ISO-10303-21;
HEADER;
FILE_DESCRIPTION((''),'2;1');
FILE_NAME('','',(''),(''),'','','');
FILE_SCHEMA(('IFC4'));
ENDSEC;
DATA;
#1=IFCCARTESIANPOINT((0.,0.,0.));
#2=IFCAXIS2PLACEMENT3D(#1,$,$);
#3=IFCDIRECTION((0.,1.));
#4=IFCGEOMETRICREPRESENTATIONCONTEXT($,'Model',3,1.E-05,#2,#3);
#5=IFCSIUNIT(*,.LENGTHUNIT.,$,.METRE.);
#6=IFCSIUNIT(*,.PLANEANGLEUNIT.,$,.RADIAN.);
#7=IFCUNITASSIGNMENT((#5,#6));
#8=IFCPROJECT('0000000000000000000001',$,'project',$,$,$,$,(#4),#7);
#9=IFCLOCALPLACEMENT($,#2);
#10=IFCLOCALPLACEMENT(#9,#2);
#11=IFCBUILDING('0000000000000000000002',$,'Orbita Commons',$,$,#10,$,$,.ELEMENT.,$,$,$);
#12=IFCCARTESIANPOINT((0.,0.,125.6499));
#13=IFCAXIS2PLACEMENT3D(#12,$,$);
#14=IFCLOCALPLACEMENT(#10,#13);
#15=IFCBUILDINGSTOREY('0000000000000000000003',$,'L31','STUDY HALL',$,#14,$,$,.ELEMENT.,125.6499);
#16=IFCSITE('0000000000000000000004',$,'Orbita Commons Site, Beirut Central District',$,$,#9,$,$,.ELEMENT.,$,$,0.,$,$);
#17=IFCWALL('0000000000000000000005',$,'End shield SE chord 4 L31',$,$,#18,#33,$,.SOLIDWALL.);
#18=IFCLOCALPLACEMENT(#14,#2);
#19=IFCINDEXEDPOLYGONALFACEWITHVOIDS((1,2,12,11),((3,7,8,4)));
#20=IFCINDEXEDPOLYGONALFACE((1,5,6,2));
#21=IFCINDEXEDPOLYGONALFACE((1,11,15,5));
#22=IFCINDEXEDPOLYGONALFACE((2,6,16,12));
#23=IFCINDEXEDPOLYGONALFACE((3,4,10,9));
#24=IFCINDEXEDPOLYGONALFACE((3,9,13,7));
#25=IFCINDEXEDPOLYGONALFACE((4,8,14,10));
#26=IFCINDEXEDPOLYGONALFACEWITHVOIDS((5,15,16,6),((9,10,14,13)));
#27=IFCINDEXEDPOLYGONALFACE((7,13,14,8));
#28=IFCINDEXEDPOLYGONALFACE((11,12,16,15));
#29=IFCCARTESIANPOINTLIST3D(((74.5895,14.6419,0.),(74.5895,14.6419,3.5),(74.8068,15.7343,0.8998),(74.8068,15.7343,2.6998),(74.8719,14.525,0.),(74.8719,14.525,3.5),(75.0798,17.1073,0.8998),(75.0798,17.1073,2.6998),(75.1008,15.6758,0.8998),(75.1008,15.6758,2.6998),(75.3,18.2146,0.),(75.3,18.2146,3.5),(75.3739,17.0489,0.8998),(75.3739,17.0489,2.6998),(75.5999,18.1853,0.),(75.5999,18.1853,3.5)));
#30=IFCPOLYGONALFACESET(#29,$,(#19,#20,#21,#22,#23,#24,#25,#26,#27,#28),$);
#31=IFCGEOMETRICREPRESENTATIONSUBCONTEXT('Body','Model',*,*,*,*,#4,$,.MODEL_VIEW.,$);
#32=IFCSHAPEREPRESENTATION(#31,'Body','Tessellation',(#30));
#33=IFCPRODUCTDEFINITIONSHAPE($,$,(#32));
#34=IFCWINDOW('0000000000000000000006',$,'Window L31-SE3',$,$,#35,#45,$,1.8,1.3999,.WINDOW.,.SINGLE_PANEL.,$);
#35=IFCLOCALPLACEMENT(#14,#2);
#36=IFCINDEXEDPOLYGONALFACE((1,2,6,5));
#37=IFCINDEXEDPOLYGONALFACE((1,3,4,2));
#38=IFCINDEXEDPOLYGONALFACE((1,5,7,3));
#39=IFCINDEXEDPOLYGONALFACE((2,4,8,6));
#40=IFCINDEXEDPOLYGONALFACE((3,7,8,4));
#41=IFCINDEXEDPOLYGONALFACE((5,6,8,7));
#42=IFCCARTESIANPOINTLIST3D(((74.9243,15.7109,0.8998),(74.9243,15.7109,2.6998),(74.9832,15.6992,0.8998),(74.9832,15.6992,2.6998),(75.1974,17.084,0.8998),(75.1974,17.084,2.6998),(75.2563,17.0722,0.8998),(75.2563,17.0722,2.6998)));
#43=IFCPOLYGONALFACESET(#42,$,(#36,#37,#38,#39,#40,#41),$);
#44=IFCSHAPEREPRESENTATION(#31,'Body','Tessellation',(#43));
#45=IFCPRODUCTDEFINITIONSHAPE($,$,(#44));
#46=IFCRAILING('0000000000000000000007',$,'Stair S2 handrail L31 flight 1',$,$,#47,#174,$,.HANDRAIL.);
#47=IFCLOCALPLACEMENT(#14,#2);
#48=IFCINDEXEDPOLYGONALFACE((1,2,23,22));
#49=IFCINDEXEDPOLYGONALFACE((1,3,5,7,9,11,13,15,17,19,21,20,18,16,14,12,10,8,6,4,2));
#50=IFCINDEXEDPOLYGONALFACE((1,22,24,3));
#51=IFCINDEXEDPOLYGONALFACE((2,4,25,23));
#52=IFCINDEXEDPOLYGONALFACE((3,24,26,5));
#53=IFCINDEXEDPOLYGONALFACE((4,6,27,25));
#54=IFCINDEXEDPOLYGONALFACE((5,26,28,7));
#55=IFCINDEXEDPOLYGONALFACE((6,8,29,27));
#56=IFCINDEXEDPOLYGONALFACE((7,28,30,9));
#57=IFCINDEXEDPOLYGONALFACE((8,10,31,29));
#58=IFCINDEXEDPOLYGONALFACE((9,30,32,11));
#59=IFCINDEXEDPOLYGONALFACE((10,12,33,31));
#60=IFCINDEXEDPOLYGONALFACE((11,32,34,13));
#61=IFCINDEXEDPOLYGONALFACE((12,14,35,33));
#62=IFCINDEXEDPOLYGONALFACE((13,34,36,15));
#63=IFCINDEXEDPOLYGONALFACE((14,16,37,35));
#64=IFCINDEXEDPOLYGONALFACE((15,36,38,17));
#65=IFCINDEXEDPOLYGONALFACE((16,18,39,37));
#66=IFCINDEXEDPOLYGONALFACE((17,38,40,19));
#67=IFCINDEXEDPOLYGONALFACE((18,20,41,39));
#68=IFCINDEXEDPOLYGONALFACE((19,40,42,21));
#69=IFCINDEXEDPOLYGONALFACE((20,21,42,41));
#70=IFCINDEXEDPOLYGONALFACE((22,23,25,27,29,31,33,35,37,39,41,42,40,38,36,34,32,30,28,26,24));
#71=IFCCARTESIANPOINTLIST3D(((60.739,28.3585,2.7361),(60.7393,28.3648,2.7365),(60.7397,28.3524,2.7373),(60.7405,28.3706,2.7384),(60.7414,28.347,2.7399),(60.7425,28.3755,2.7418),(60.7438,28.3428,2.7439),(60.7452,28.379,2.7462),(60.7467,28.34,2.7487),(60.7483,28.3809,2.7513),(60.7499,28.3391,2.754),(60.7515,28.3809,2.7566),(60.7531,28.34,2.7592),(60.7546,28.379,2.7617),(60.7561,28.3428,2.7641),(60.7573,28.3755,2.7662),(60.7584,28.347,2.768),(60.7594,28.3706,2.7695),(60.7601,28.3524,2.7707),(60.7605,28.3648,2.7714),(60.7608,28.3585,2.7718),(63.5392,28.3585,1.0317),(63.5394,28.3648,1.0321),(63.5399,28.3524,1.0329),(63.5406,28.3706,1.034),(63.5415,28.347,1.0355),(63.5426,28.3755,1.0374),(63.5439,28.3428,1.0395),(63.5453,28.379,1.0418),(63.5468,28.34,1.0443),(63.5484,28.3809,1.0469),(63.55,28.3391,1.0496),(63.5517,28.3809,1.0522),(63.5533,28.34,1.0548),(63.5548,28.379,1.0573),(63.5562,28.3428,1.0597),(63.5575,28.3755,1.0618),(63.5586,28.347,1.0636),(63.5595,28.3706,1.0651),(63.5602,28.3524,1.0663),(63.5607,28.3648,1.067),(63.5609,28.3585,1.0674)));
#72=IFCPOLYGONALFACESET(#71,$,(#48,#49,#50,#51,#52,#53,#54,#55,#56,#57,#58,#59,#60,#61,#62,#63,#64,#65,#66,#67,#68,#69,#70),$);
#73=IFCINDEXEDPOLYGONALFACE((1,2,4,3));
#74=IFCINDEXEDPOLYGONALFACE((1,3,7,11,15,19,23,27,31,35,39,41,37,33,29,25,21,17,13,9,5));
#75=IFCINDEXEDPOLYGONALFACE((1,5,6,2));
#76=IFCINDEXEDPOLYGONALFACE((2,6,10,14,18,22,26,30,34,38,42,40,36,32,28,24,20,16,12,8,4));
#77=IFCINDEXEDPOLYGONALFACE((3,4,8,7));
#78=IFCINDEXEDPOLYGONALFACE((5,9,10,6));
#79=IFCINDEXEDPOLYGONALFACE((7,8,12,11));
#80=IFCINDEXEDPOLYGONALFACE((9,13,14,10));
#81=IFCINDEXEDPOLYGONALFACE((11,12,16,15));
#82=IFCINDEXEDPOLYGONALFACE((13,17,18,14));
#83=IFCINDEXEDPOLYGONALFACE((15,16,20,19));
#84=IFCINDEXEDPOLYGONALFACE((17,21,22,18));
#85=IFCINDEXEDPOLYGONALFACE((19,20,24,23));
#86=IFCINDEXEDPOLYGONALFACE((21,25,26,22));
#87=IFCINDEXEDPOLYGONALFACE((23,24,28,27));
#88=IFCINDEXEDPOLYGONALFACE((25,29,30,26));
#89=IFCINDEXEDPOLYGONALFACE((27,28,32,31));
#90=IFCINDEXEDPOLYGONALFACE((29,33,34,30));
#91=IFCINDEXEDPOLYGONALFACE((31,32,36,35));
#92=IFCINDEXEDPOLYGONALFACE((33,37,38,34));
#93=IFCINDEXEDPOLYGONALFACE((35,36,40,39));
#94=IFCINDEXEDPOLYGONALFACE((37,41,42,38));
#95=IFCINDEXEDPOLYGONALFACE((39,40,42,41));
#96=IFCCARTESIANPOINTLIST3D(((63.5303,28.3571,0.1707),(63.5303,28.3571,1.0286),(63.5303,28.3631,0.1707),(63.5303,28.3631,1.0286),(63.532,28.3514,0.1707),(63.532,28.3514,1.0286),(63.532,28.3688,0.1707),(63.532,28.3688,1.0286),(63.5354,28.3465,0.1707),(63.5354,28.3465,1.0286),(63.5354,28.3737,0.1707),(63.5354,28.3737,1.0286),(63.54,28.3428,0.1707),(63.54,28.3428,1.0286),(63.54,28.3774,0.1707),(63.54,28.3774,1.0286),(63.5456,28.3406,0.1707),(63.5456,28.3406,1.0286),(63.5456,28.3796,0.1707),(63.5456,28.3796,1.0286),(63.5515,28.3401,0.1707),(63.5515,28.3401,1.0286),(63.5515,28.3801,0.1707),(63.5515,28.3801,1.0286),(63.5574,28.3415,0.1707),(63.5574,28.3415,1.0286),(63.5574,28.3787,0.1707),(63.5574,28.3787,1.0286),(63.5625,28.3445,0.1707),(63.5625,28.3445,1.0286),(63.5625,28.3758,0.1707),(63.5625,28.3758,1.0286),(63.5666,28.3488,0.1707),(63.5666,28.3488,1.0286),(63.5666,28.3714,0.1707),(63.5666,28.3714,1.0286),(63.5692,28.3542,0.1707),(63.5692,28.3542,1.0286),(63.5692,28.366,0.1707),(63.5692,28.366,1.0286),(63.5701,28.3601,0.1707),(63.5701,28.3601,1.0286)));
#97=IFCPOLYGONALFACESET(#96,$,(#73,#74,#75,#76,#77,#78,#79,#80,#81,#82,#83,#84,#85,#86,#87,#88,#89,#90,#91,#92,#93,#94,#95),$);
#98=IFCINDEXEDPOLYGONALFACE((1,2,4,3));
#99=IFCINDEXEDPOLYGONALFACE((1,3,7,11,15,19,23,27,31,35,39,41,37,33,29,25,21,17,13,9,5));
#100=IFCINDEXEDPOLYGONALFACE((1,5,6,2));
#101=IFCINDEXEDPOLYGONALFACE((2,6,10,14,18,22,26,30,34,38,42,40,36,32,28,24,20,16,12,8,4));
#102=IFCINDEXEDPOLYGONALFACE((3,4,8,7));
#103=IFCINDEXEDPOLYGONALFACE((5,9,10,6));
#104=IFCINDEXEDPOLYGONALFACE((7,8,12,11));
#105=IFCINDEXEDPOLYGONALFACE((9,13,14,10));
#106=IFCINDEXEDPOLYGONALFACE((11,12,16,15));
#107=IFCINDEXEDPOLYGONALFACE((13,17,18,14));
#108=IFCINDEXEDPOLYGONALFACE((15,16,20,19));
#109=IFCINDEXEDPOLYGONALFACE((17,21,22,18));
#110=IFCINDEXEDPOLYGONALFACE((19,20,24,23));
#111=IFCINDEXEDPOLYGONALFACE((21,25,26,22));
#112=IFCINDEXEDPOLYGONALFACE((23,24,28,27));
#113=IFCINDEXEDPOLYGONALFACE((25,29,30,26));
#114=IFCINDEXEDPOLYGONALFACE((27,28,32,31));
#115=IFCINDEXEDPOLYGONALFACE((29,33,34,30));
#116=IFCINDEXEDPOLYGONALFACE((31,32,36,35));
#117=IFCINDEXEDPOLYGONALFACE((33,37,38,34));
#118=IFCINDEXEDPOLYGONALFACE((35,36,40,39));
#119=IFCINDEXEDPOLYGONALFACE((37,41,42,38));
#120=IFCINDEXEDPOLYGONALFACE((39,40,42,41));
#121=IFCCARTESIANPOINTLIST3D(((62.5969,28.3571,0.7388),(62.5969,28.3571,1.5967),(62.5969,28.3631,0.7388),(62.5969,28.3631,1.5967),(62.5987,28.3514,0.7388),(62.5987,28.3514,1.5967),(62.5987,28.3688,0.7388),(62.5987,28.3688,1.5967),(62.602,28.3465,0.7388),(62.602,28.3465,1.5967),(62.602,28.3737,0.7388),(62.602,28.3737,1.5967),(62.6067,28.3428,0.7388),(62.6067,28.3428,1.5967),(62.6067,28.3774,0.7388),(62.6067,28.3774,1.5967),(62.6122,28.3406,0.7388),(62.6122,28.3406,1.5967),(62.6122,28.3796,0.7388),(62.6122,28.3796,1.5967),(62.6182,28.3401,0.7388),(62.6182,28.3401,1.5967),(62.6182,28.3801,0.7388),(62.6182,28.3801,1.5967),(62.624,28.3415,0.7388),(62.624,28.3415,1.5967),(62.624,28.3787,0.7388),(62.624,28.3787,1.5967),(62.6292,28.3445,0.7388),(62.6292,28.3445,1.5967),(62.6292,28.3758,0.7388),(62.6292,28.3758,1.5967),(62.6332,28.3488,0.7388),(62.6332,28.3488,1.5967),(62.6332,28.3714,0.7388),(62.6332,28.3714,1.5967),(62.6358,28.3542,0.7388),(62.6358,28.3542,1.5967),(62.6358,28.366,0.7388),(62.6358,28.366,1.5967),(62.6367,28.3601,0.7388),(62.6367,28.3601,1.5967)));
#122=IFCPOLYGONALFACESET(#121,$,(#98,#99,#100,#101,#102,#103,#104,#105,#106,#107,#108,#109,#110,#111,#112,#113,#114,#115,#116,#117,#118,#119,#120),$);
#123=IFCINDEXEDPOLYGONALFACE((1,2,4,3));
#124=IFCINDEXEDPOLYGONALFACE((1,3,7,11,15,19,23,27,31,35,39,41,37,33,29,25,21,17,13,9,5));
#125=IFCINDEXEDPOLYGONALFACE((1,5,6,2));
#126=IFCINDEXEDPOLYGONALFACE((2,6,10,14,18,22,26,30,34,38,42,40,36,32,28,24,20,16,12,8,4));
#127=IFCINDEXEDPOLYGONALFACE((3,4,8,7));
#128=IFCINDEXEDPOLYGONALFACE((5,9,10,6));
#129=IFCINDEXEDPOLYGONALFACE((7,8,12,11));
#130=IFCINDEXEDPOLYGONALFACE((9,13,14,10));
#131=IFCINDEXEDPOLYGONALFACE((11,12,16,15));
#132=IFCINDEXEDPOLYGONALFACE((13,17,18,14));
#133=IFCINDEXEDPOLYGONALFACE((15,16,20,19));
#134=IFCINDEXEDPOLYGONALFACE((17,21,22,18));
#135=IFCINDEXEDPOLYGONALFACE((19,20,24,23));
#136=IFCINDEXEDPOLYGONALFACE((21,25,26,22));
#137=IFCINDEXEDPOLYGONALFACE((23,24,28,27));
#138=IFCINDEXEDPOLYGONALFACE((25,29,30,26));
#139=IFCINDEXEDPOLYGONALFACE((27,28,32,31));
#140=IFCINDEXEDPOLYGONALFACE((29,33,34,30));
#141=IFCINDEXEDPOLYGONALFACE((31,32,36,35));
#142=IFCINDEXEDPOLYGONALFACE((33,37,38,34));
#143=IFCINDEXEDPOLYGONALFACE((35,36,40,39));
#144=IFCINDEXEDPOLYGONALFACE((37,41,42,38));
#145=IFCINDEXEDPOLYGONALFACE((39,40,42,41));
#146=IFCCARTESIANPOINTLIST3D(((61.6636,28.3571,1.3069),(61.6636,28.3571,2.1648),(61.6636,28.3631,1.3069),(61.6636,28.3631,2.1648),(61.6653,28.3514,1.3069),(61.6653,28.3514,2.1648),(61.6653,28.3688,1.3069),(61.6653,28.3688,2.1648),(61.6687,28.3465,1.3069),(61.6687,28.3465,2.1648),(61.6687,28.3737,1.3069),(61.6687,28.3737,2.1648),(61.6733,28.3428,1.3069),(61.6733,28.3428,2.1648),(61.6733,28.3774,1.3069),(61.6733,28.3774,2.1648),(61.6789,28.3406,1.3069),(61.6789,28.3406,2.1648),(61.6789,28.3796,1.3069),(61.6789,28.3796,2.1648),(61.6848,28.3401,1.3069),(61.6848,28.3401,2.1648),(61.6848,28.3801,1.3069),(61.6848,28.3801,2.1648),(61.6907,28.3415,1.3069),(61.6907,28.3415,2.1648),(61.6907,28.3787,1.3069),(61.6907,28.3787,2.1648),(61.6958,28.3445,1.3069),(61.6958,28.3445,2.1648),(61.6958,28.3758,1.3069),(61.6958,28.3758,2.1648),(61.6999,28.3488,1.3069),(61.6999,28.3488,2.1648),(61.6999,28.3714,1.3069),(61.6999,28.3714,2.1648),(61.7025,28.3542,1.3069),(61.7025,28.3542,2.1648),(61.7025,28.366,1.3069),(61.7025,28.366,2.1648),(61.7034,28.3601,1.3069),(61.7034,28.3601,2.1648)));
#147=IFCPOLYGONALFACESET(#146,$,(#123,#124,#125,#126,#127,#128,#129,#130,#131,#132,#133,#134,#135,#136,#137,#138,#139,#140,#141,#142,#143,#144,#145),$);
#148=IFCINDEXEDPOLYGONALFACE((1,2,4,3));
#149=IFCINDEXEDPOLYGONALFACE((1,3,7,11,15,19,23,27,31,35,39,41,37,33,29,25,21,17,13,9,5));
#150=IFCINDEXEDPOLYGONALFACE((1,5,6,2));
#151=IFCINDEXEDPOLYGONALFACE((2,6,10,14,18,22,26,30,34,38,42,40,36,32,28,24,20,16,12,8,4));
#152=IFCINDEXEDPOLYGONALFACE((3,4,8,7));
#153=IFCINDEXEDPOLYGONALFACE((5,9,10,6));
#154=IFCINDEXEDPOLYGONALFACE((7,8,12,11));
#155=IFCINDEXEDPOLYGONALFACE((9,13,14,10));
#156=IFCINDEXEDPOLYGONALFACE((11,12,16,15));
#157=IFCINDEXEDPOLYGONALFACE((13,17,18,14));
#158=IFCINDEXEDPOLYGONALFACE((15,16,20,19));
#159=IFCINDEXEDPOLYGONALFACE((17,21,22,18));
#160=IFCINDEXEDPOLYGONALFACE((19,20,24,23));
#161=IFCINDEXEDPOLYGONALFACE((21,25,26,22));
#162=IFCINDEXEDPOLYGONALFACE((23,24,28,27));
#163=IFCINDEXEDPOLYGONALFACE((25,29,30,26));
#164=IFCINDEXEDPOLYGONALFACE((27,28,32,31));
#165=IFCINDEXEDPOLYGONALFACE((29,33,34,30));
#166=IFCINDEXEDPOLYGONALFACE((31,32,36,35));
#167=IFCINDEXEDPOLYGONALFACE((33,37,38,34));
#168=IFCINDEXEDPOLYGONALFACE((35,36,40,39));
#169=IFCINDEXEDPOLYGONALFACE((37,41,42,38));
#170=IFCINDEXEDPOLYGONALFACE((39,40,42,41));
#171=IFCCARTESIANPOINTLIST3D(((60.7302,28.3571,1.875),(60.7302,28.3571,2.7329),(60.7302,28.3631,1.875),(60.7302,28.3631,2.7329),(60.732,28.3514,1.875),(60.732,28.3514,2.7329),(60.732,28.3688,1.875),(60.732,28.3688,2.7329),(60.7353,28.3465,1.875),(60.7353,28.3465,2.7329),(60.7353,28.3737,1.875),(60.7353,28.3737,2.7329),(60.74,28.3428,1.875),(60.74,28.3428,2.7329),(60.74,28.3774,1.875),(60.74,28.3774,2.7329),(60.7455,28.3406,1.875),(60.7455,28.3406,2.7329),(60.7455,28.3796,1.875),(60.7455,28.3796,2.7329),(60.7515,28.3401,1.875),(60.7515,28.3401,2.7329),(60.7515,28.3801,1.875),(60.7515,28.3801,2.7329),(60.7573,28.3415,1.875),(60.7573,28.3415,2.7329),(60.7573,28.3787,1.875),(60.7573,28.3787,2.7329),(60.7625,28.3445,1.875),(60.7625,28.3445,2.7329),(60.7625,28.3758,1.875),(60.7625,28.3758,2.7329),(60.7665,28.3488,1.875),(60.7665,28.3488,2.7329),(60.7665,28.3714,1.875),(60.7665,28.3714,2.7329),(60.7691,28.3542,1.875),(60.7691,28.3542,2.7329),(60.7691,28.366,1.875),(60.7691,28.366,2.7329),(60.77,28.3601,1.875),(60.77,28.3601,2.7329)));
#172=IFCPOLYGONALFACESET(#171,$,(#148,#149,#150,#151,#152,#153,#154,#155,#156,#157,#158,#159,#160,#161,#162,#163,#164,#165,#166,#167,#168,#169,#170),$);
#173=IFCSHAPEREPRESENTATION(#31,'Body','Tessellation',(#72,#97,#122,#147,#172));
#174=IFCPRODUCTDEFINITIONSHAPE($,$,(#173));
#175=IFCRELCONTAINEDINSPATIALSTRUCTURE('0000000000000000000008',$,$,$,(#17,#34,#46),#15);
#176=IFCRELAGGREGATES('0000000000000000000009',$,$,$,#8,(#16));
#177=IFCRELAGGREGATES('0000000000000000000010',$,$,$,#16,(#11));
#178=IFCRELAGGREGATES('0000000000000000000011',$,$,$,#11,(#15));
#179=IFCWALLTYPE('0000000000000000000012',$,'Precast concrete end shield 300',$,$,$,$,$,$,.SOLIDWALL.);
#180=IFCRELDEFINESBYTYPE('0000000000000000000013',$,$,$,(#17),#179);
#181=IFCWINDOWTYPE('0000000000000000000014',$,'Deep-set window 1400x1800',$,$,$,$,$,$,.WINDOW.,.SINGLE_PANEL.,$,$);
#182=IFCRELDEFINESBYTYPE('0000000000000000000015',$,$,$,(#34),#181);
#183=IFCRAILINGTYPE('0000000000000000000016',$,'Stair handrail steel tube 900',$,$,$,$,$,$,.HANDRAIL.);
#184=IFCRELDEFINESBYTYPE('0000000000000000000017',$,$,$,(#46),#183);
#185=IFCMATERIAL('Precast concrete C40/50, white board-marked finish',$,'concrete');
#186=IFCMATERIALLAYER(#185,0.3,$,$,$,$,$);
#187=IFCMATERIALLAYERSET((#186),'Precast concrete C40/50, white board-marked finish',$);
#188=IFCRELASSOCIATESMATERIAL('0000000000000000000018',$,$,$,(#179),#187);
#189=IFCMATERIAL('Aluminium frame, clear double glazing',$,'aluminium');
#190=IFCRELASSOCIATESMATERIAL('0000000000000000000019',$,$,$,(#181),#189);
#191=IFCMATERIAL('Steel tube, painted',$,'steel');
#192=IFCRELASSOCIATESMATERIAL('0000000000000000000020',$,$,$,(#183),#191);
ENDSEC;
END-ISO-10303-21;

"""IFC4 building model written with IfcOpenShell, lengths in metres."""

from ifc_helpers import new_model, si_unit, direction, frame, frame_2d, origin, origin_2d, place, context, subcontext, project, spatial, polyline, rectangle, circle, outline, extrude, material, layer, layer_set, type_object, element, fill, save


model = new_model("IFC4")

# Units and contexts
model_context = context("Model", 3, precision=1e-05, world=origin(), true_north=direction((0.0, 1.0)))
body_context = subcontext(model_context, "Body", "Model", "MODEL_VIEW")
ifc_project = project(units=[si_unit("LENGTHUNIT", "METRE"), si_unit("PLANEANGLEUNIT", "RADIAN")], contexts=[model_context])

# Site, building, storey
site_placement = place(None, origin())
site = spatial("IfcSite", under=ifc_project, at=site_placement, Name="Orbita Commons Site, Beirut Central District", CompositionType="ELEMENT", RefElevation=0.0)
building_placement = place(site_placement, origin())
building = spatial("IfcBuilding", under=site, at=building_placement, Name="Orbita Commons", CompositionType="ELEMENT")
storey_placement = place(building_placement, frame((0.0, 0.0, 125.6499)))
storey = spatial("IfcBuildingStorey", under=building, at=storey_placement, Name="L31", Description="STUDY HALL", CompositionType="ELEMENT", Elevation=125.6499)

# Shared definitions
ifc_material_1 = material(Name="Precast concrete C40/50, white board-marked finish", Category="concrete")
ifc_layer_1 = layer(ifc_material_1, 0.3)
ifc_layer_set_1 = layer_set([ifc_layer_1], Name="Precast concrete C40/50, white board-marked finish")
wall_type_1 = type_object("IfcWallType", Name="Precast concrete end shield 300", PredefinedType="SOLIDWALL", material=ifc_layer_set_1)

# Wall, opening, window
wall_1_placement = place(storey_placement, frame((74.7307, 14.5835, 0.0), z_axis=(0.0, 0.0, 1.0), x_axis=(0.195059, 0.980791, 0.0)))
wall_1 = element("IfcWall", 1, at=wall_1_placement, inside=storey, type_object=wall_type_1, Name="End shield SE chord 4 L31", PredefinedType="SOLIDWALL", context=body_context, shape_type="SweptSolid", body=[
    extrude(outline(polyline([(-0.0298, -0.1499), (3.7021, -0.1499), (3.6724, 0.1499), (0.0298, 0.1499), (-0.0298, -0.1499)])), origin(), (0.0, 0.0, 1.0), 3.5),
])
opening_1_placement = place(wall_1_placement, frame((1.1436, 0.0, 0.8999)))
opening_1 = element("IfcOpeningElement", 2, at=opening_1_placement, cuts=wall_1, PredefinedType="OPENING", context=body_context, shape_type="SweptSolid", body=[
    extrude(rectangle(XDim=1.3999, YDim=1.8, at=frame_2d((0.7, 0.8999))), frame((0.0, 0.1599, 0.0), z_axis=(0.0, -1.0, 0.0), x_axis=(1.0, 0.0, 0.0)), (0.0, 0.0, 1.0), 0.3201),
])
ifc_material_2 = material(Name="Aluminium frame, clear double glazing", Category="aluminium")
window_type_1 = type_object("IfcWindowType", Name="Deep-set window 1400x1800", PartitioningType="SINGLE_PANEL", PredefinedType="WINDOW", material=ifc_material_2)
window_1_placement = place(opening_1_placement, origin())
window_1 = element("IfcWindow", 3, at=window_1_placement, inside=storey, type_object=window_type_1, Name="Window L31-SE3", OverallHeight=1.8, OverallWidth=1.3999, PartitioningType="SINGLE_PANEL", PredefinedType="WINDOW", context=body_context, shape_type="SweptSolid", body=[
    extrude(rectangle(XDim=1.3999, YDim=1.8, at=frame_2d((0.7, 0.8999))), frame((0.0, 0.03, 0.0), z_axis=(0.0, -1.0, 0.0), x_axis=(1.0, 0.0, 0.0)), (0.0, 0.0, 1.0), 0.0601),
])
fill(opening_1, window_1)

# Railing
ifc_material_3 = material(Name="Steel tube, painted", Category="steel")
railing_type = type_object("IfcRailingType", Name="Stair handrail steel tube 900", PredefinedType="HANDRAIL", material=ifc_material_3)
railing_placement = place(storey_placement, frame((63.55, 28.3601, 0.1707)))
element("IfcRailing", 4, at=railing_placement, inside=storey, type_object=railing_type, Name="Stair S2 handrail L31 flight 1", PredefinedType="HANDRAIL", context=body_context, shape_type="SweptSolid", body=[
    extrude(circle(Radius=0.021, at=origin_2d()), frame((0.0, 0.0, 0.8789), z_axis=(-0.854203, 0.0, 0.51994), x_axis=(0.0, -1.0, 0.0)), (0.0, 0.0, 1.0), 3.2781),
    extrude(circle(Radius=0.02, at=origin_2d()), origin(), (0.0, 0.0, 1.0), 0.8579),
    extrude(circle(Radius=0.02, at=origin_2d()), frame((-0.9333, 0.0, 0.5681)), (0.0, 0.0, 1.0), 0.8579),
    extrude(circle(Radius=0.02, at=origin_2d()), frame((-1.8667, 0.0, 1.1362)), (0.0, 0.0, 1.0), 0.8579),
    extrude(circle(Radius=0.02, at=origin_2d()), frame((-2.8, 0.0, 1.7043)), (0.0, 0.0, 1.0), 0.8579),
])

save(model, "model.ifc")
